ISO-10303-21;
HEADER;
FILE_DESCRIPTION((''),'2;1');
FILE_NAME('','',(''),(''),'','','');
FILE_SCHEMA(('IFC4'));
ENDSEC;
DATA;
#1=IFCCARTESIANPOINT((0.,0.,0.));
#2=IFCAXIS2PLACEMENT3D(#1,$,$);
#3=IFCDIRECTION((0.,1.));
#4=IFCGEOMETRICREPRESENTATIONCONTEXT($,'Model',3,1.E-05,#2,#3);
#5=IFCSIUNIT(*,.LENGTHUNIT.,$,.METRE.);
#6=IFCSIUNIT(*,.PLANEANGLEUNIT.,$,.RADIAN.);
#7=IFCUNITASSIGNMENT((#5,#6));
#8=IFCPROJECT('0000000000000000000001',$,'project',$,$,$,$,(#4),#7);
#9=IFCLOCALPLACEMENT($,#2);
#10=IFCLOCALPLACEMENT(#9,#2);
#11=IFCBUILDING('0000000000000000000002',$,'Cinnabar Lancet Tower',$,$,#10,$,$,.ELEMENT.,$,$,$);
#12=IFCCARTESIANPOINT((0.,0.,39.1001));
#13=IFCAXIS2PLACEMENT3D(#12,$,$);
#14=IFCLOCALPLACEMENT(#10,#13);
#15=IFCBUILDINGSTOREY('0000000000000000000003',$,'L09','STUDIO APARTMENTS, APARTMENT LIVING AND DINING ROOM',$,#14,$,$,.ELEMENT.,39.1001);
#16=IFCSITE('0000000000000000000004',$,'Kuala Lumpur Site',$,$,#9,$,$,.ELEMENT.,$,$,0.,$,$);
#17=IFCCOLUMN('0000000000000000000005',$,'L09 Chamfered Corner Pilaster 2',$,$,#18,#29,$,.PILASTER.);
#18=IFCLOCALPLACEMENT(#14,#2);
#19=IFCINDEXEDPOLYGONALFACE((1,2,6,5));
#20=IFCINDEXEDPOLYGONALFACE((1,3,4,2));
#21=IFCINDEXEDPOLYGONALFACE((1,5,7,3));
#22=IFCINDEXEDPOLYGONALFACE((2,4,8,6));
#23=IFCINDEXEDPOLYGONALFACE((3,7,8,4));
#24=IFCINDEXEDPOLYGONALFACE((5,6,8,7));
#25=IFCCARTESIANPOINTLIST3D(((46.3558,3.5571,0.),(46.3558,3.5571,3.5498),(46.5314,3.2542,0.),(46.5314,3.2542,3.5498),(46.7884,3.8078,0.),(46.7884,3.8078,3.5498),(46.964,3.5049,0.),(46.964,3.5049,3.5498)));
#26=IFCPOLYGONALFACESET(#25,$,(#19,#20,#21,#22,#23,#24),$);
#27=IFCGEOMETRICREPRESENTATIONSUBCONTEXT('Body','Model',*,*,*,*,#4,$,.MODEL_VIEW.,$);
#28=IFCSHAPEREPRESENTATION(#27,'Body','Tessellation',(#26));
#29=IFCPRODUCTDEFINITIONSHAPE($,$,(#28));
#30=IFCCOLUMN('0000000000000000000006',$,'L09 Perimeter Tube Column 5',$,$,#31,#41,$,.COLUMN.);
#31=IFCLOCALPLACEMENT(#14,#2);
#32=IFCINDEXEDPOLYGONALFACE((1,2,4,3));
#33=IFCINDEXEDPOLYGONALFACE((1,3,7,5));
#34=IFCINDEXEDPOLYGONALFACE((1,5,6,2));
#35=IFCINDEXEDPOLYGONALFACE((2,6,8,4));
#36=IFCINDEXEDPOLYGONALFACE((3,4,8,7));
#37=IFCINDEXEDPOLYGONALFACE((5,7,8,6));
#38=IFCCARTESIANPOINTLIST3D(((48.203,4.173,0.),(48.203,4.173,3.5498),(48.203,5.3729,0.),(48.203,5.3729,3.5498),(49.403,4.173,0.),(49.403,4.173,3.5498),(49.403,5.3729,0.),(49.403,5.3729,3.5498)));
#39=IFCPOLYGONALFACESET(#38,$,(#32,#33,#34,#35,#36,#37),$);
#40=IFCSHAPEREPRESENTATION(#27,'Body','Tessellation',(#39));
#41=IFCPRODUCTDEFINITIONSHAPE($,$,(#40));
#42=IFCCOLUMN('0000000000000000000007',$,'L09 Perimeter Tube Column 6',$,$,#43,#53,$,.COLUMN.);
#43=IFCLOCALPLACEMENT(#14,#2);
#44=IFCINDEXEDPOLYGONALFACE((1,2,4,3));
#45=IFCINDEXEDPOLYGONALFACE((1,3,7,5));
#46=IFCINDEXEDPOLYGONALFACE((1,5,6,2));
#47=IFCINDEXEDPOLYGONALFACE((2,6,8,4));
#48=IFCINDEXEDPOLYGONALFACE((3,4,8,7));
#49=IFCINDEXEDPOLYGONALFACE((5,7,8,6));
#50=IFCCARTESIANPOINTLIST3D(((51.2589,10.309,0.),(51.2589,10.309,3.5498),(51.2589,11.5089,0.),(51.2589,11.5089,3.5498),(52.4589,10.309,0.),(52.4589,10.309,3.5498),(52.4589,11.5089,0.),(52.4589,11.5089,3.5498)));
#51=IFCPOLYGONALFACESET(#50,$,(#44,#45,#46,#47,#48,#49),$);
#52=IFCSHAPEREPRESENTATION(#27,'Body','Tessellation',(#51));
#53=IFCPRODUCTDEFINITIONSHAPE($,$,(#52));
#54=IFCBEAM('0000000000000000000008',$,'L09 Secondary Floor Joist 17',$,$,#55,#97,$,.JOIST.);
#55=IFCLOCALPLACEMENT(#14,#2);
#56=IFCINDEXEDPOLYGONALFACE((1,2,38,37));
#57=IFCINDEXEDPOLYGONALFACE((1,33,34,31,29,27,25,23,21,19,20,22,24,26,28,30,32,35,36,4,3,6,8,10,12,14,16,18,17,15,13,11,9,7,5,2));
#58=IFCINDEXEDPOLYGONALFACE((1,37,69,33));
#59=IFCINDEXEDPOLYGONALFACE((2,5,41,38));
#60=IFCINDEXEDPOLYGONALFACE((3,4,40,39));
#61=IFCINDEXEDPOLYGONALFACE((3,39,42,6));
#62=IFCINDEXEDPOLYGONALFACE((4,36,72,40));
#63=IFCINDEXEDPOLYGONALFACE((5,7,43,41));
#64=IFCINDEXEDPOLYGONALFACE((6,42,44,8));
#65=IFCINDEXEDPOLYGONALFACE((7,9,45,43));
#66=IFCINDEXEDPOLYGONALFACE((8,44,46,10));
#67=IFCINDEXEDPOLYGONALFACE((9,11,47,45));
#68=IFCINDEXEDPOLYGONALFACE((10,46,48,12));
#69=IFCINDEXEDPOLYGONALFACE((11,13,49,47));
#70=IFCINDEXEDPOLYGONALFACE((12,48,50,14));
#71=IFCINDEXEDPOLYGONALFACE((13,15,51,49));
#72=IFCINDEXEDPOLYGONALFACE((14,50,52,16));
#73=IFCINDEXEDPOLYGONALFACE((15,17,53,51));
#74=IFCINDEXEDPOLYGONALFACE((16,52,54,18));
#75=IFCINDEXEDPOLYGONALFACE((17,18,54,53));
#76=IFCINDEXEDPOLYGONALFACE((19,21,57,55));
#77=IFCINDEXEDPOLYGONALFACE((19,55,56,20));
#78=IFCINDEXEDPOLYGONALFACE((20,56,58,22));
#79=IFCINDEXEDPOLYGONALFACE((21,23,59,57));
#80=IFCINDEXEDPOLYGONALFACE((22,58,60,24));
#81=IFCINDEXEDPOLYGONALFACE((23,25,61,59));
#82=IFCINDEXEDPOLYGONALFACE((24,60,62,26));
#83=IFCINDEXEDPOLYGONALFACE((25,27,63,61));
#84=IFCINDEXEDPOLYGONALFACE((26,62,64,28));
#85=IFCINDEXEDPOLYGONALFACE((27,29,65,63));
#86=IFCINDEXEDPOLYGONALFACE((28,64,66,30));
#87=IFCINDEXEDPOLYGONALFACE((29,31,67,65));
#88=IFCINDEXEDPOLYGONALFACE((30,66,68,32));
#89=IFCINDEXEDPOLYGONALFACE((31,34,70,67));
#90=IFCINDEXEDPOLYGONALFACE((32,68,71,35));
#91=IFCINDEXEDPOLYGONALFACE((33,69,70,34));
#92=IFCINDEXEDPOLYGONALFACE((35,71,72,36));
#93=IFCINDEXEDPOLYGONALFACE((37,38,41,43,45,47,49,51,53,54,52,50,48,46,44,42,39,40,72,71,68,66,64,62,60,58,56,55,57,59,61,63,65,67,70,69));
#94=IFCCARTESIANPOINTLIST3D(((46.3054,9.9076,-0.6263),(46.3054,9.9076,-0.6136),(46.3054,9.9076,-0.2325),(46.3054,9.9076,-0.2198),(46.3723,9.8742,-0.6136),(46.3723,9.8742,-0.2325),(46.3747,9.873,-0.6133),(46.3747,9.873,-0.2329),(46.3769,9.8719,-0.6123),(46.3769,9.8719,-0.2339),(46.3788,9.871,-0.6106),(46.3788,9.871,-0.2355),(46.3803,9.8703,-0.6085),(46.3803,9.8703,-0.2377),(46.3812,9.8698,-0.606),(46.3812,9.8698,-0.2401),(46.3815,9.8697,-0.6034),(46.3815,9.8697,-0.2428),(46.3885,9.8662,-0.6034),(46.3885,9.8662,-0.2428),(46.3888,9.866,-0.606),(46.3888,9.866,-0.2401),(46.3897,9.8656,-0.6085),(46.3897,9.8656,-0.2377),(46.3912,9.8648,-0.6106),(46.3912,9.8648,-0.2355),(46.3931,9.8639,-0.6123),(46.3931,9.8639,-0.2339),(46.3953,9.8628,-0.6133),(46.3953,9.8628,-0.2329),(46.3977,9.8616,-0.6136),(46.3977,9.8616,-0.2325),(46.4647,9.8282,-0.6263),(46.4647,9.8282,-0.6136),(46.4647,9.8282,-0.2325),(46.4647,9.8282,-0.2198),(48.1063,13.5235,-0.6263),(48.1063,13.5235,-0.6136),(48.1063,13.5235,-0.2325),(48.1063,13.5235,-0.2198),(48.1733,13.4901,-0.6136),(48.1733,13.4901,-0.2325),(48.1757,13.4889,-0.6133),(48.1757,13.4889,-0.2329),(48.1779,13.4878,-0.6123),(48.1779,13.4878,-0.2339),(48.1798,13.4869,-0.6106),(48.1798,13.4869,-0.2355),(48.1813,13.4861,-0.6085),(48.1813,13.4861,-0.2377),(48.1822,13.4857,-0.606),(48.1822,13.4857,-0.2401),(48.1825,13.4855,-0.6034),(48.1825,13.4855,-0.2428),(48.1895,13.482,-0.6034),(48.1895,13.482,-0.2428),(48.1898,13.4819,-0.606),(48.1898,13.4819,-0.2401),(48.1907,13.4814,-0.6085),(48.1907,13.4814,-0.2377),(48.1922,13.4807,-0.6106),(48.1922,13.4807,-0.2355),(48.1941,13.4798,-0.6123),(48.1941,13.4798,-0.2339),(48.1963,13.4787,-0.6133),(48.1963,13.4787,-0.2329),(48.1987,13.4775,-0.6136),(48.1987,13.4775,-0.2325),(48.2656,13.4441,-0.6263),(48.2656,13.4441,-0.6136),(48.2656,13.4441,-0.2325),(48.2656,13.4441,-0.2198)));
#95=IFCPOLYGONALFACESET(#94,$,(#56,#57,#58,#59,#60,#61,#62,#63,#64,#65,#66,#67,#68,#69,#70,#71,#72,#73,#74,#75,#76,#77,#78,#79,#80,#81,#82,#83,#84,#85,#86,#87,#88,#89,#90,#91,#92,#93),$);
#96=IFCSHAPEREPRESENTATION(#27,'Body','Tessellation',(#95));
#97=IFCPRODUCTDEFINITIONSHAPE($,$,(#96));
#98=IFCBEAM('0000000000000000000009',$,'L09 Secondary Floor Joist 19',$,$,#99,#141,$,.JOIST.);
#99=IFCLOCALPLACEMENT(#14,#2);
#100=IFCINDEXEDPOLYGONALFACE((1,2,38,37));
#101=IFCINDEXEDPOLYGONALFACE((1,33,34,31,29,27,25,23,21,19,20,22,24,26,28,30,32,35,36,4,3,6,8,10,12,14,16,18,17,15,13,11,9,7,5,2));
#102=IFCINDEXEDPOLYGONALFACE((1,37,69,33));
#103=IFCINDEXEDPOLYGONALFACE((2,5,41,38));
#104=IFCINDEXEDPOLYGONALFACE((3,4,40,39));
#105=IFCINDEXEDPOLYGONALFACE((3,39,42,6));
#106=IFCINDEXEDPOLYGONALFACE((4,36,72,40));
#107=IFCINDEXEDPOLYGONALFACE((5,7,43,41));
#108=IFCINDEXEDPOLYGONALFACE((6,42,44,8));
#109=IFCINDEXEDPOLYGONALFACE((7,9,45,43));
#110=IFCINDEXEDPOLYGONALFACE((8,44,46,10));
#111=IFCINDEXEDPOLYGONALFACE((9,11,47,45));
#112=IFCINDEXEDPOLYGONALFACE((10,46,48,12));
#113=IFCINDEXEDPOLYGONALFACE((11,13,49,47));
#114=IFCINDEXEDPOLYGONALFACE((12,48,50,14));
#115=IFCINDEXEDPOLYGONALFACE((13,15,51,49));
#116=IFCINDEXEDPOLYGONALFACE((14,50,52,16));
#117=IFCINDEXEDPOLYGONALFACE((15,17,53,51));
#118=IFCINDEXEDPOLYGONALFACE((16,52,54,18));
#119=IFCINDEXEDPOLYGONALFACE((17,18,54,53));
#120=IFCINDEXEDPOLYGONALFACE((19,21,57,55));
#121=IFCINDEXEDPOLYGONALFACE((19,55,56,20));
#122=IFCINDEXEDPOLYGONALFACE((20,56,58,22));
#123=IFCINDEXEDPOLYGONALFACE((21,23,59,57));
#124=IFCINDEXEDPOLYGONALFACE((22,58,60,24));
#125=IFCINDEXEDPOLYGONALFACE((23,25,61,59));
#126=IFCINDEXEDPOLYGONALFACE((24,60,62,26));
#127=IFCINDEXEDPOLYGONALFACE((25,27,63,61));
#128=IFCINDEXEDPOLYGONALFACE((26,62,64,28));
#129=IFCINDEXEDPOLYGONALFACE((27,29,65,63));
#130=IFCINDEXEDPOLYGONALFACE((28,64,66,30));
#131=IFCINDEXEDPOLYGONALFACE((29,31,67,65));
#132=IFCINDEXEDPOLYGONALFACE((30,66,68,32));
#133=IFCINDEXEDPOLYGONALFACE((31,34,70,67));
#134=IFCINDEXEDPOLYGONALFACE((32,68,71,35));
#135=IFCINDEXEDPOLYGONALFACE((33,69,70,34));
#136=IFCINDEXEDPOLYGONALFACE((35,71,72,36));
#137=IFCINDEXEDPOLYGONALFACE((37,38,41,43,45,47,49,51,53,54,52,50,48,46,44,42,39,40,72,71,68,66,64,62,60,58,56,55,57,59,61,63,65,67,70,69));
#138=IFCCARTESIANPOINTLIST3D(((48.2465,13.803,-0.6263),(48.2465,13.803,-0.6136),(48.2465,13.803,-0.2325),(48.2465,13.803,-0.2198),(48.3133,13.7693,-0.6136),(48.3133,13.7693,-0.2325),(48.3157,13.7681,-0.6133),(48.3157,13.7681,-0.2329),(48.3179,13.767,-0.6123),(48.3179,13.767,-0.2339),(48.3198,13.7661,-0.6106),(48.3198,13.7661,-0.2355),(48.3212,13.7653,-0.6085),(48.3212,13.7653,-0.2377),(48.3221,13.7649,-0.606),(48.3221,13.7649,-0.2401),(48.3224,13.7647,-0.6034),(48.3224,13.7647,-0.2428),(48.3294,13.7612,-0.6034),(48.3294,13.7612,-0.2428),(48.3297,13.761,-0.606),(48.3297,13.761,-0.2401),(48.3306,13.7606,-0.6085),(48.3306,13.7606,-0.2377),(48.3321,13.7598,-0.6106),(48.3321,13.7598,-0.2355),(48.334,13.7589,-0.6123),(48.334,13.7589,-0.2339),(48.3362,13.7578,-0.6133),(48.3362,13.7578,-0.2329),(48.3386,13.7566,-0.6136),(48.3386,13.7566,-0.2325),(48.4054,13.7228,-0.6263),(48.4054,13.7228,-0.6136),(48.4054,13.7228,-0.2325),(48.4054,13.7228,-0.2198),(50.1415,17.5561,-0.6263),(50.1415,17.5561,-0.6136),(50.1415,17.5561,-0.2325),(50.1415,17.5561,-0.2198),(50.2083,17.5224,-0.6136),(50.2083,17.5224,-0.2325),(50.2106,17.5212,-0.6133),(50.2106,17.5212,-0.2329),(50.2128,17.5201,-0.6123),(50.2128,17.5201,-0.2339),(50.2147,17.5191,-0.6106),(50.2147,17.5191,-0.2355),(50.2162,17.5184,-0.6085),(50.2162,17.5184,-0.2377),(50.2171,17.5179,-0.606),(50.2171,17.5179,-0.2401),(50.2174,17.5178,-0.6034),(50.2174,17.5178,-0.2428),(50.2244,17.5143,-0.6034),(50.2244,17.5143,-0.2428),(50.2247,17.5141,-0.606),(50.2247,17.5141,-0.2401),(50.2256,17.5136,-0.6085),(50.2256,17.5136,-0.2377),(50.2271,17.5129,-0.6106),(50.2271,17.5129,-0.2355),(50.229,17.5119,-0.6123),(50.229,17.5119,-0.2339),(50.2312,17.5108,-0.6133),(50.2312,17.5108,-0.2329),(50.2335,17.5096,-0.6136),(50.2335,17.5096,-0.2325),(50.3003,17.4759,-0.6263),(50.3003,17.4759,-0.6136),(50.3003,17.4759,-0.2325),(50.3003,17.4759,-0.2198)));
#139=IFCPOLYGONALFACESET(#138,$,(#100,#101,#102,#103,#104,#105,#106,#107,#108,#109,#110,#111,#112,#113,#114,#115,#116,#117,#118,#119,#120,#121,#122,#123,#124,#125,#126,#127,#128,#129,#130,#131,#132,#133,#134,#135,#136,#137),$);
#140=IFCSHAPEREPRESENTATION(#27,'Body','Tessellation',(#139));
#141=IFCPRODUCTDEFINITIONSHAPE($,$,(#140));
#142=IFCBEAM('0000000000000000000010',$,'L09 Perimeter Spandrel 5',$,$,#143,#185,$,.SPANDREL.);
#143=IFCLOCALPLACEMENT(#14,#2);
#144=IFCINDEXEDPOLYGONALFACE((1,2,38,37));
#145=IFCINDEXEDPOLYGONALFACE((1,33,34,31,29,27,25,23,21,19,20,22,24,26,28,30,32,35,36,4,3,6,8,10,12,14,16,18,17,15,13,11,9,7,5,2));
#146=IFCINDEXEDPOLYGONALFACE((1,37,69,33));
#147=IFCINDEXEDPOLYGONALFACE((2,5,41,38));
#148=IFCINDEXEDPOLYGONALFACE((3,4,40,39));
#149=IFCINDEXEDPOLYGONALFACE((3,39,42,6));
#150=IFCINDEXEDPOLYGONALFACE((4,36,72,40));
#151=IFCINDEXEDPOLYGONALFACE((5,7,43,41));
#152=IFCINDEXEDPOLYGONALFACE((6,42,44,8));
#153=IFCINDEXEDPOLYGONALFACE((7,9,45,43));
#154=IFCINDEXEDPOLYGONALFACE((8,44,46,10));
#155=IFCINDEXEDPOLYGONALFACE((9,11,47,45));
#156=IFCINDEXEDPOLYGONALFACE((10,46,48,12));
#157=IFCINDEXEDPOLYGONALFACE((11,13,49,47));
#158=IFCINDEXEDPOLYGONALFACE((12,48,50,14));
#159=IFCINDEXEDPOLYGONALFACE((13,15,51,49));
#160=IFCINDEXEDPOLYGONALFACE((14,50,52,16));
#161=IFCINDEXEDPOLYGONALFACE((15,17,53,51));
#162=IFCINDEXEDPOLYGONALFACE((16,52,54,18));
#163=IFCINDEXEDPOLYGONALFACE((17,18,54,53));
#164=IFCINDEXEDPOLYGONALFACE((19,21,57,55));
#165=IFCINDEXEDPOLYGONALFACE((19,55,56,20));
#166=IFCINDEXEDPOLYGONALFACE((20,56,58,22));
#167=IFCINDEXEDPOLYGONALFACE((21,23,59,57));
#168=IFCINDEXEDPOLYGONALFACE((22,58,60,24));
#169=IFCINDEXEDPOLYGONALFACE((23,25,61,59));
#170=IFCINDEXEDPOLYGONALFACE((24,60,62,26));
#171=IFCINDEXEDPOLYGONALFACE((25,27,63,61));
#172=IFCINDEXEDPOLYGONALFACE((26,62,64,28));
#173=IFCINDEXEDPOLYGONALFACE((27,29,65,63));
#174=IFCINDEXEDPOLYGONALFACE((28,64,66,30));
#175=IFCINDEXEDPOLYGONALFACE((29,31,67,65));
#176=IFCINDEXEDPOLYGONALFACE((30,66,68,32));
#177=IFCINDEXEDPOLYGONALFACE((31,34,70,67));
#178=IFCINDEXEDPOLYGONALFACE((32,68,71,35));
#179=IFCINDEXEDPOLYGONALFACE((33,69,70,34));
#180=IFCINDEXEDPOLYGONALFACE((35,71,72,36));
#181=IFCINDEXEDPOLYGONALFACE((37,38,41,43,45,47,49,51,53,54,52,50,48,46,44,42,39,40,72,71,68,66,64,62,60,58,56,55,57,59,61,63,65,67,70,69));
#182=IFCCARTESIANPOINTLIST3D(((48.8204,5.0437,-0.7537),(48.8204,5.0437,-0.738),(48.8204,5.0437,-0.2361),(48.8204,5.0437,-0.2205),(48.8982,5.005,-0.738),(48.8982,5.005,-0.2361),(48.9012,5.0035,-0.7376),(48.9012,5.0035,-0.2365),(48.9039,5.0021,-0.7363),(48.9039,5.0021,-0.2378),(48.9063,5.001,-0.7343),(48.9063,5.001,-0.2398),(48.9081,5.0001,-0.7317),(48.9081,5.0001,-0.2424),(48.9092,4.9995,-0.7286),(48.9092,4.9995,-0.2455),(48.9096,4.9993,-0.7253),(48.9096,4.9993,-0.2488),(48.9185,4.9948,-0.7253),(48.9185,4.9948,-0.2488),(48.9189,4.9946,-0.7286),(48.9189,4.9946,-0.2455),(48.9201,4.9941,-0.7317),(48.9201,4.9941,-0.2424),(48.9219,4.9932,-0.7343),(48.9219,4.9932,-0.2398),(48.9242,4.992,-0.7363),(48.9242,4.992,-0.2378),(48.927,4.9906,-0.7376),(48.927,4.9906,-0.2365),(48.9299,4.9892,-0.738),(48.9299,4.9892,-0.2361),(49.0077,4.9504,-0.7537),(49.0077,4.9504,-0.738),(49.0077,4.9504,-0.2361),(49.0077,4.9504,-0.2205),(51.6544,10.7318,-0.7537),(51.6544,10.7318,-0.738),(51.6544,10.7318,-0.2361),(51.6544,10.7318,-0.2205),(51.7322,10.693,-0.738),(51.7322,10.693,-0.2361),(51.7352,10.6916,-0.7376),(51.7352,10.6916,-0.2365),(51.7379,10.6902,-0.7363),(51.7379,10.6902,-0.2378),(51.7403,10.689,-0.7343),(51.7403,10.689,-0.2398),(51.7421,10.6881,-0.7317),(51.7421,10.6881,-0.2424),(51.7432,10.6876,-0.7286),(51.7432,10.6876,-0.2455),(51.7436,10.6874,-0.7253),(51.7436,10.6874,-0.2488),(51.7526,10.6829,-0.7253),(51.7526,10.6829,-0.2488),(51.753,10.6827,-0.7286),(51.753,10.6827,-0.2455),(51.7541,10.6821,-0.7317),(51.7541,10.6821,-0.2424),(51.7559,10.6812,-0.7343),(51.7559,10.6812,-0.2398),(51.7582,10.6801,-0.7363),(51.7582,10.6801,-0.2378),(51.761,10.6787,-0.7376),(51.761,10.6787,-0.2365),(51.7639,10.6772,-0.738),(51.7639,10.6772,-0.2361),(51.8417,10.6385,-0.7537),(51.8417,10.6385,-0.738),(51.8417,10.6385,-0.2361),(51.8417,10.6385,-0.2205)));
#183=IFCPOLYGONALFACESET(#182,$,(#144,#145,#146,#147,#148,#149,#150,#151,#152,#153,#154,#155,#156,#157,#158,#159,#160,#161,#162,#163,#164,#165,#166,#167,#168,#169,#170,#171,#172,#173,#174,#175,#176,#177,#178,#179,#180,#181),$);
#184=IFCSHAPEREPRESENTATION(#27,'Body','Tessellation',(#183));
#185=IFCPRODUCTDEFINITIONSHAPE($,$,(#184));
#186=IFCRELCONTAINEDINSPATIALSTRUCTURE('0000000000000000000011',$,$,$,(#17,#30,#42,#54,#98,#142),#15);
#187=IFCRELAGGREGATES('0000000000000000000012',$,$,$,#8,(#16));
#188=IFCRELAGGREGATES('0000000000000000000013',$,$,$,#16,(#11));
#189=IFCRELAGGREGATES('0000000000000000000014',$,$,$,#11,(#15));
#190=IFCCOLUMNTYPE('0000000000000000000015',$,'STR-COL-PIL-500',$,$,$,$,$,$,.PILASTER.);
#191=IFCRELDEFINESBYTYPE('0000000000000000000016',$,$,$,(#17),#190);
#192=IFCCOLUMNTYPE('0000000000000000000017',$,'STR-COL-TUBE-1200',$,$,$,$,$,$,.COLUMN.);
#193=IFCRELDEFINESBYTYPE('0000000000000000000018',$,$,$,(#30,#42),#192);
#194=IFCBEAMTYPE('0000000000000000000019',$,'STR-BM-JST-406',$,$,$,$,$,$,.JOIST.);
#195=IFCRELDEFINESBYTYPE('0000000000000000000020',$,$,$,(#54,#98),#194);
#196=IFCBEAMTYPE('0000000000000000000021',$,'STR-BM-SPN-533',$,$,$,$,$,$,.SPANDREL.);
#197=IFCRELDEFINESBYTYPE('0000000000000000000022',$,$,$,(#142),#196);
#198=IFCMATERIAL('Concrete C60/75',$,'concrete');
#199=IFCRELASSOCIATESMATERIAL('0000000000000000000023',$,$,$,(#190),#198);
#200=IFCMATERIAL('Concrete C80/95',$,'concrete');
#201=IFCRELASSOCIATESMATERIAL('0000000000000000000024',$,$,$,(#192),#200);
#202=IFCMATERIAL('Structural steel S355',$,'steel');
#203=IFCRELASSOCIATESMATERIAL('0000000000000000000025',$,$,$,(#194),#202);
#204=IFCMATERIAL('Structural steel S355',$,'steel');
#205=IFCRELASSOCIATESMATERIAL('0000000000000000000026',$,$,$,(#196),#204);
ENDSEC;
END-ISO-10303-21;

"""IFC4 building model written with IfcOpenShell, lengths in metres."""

from ifc_helpers import new_model, si_unit, direction, frame, origin, origin_2d, place, context, subcontext, project, spatial, rectangle, i_section, extrude, material, material_profile, profile_set, type_object, element, save


model = new_model("IFC4")

# Units and contexts
model_context = context("Model", 3, precision=1e-05, world=origin(), true_north=direction((0.0, 1.0)))
body_context = subcontext(model_context, "Body", "Model", "MODEL_VIEW")
ifc_project = project(units=[si_unit("LENGTHUNIT", "METRE"), si_unit("PLANEANGLEUNIT", "RADIAN")], contexts=[model_context])

# Site, building, storey
site_placement = place(None, origin())
site = spatial("IfcSite", under=ifc_project, at=site_placement, Name="Kuala Lumpur Site", CompositionType="ELEMENT", RefElevation=0.0)
building_placement = place(site_placement, origin())
building = spatial("IfcBuilding", under=site, at=building_placement, Name="Cinnabar Lancet Tower", CompositionType="ELEMENT")
storey_placement = place(building_placement, frame((0.0, 0.0, 39.1001)))
storey = spatial("IfcBuildingStorey", under=building, at=storey_placement, Name="L09", Description="STUDIO APARTMENTS, APARTMENT LIVING AND DINING ROOM", CompositionType="ELEMENT", Elevation=39.1001)

# Columns
ifc_material_1 = material(Name="Concrete C60/75", Category="concrete")
ifc_material_profile_1 = material_profile(ifc_material_1, rectangle(XDim=0.5, YDim=0.3501, at=origin_2d()), Name="RC-PIL 500x350")
ifc_profile_set_1 = profile_set([ifc_material_profile_1], Name="Concrete C60/75")
column_type_1 = type_object("IfcColumnType", Name="STR-COL-PIL-500", PredefinedType="PILASTER", material=ifc_profile_set_1)
column_placement = place(storey_placement, frame((46.6599, 3.531, 0.0), z_axis=(0.0, 0.0, 1.0), x_axis=(0.865195, 0.501435, 0.0)))
element("IfcColumn", 1, at=column_placement, inside=storey, type_object=column_type_1, Name="L09 Chamfered Corner Pilaster 2", PredefinedType="PILASTER", context=body_context, shape_type="SweptSolid", body=[
    extrude(rectangle(XDim=0.5, YDim=0.3501, at=origin_2d()), origin(), (0.0, 0.0, 1.0), 3.5498),
])
ifc_material_2 = material(Name="Concrete C80/95", Category="concrete")
ifc_material_profile_2 = material_profile(ifc_material_2, rectangle(XDim=1.2, YDim=1.2, at=origin_2d()), Name="RC-COL 1200x1200")
ifc_profile_set_2 = profile_set([ifc_material_profile_2], Name="Concrete C80/95")
column_type_2 = type_object("IfcColumnType", Name="STR-COL-TUBE-1200", PredefinedType="COLUMN", material=ifc_profile_set_2)
for number, where, z_axis, x_axis, name in (
    (2, (48.803, 4.7729, 0.0), (0.0, 0.0, 1.0), (1.0, 0.0, 0.0), "L09 Perimeter Tube Column 5"),
    (3, (51.8589, 10.9089, 0.0), (0.0, 0.0, 1.0), (1.0, 0.0, 0.0), "L09 Perimeter Tube Column 6"),
):
    element("IfcColumn", number, at=place(storey_placement, frame(where, z_axis=z_axis, x_axis=x_axis)), inside=storey, type_object=column_type_2, Name=name, PredefinedType="COLUMN", context=body_context, shape_type="SweptSolid", body=[
        extrude(rectangle(XDim=1.2, YDim=1.2, at=origin_2d()), origin(), (0.0, 0.0, 1.0), 3.5498),
    ])

# Beams
ifc_material_3 = material(Name="Structural steel S355", Category="steel")
ifc_material_profile_3 = material_profile(ifc_material_3, i_section(OverallWidth=0.178, OverallDepth=0.4065, WebThickness=0.0078, FlangeThickness=0.0127, FilletRadius=0.0103, at=origin_2d()), Name="UKB 406x178x60")
ifc_profile_set_3 = profile_set([ifc_material_profile_3], Name="Structural steel S355")
beam_type_1 = type_object("IfcBeamType", Name="STR-BM-JST-406", PredefinedType="JOIST", material=ifc_profile_set_3)
beam_1_placement = place(storey_placement, frame((46.385, 9.8679, -0.4231), z_axis=(0.445835, 0.895115, 0.0), x_axis=(-0.895115, 0.445835, 0.0)))
element("IfcBeam", 4, at=beam_1_placement, inside=storey, type_object=beam_type_1, Name="L09 Secondary Floor Joist 17", PredefinedType="JOIST", context=body_context, shape_type="SweptSolid", body=[
    extrude(i_section(OverallWidth=0.178, OverallDepth=0.4065, WebThickness=0.0078, FlangeThickness=0.0127, FilletRadius=0.0103, at=origin_2d()), origin(), (0.0, 0.0, 1.0), 4.0396),
])
beam_2_placement = place(storey_placement, frame((48.3259, 13.7629, -0.4231), z_axis=(0.450717, 0.892667, 0.0), x_axis=(-0.892667, 0.450717, 0.0)))
element("IfcBeam", 5, at=beam_2_placement, inside=storey, type_object=beam_type_1, Name="L09 Secondary Floor Joist 19", PredefinedType="JOIST", context=body_context, shape_type="SweptSolid", body=[
    extrude(i_section(OverallWidth=0.178, OverallDepth=0.4065, WebThickness=0.0078, FlangeThickness=0.0127, FilletRadius=0.0103, at=origin_2d()), origin(), (0.0, 0.0, 1.0), 4.2043),
])
ifc_material_4 = material(Name="Structural steel S355", Category="steel")
ifc_material_profile_4 = material_profile(ifc_material_4, i_section(OverallWidth=0.2092, OverallDepth=0.5332, WebThickness=0.01, FlangeThickness=0.0156, FilletRadius=0.0127, at=origin_2d()), Name="UKB 533x210x92")
ifc_profile_set_4 = profile_set([ifc_material_profile_4], Name="Structural steel S355")
beam_type_2 = type_object("IfcBeamType", Name="STR-BM-SPN-533", PredefinedType="SPANDREL", material=ifc_profile_set_4)
beam_3_placement = place(storey_placement, frame((48.9141, 4.9971, -0.4871), z_axis=(0.445953, 0.895056, 0.0), x_axis=(-0.895056, 0.445953, 0.0)))
element("IfcBeam", 6, at=beam_3_placement, inside=storey, type_object=beam_type_2, Name="L09 Perimeter Spandrel 5", PredefinedType="SPANDREL", context=body_context, shape_type="SweptSolid", body=[
    extrude(i_section(OverallWidth=0.2092, OverallDepth=0.5332, WebThickness=0.01, FlangeThickness=0.0156, FilletRadius=0.0127, at=origin_2d()), origin(), (0.0, 0.0, 1.0), 6.355),
])

save(model, "model.ifc")
